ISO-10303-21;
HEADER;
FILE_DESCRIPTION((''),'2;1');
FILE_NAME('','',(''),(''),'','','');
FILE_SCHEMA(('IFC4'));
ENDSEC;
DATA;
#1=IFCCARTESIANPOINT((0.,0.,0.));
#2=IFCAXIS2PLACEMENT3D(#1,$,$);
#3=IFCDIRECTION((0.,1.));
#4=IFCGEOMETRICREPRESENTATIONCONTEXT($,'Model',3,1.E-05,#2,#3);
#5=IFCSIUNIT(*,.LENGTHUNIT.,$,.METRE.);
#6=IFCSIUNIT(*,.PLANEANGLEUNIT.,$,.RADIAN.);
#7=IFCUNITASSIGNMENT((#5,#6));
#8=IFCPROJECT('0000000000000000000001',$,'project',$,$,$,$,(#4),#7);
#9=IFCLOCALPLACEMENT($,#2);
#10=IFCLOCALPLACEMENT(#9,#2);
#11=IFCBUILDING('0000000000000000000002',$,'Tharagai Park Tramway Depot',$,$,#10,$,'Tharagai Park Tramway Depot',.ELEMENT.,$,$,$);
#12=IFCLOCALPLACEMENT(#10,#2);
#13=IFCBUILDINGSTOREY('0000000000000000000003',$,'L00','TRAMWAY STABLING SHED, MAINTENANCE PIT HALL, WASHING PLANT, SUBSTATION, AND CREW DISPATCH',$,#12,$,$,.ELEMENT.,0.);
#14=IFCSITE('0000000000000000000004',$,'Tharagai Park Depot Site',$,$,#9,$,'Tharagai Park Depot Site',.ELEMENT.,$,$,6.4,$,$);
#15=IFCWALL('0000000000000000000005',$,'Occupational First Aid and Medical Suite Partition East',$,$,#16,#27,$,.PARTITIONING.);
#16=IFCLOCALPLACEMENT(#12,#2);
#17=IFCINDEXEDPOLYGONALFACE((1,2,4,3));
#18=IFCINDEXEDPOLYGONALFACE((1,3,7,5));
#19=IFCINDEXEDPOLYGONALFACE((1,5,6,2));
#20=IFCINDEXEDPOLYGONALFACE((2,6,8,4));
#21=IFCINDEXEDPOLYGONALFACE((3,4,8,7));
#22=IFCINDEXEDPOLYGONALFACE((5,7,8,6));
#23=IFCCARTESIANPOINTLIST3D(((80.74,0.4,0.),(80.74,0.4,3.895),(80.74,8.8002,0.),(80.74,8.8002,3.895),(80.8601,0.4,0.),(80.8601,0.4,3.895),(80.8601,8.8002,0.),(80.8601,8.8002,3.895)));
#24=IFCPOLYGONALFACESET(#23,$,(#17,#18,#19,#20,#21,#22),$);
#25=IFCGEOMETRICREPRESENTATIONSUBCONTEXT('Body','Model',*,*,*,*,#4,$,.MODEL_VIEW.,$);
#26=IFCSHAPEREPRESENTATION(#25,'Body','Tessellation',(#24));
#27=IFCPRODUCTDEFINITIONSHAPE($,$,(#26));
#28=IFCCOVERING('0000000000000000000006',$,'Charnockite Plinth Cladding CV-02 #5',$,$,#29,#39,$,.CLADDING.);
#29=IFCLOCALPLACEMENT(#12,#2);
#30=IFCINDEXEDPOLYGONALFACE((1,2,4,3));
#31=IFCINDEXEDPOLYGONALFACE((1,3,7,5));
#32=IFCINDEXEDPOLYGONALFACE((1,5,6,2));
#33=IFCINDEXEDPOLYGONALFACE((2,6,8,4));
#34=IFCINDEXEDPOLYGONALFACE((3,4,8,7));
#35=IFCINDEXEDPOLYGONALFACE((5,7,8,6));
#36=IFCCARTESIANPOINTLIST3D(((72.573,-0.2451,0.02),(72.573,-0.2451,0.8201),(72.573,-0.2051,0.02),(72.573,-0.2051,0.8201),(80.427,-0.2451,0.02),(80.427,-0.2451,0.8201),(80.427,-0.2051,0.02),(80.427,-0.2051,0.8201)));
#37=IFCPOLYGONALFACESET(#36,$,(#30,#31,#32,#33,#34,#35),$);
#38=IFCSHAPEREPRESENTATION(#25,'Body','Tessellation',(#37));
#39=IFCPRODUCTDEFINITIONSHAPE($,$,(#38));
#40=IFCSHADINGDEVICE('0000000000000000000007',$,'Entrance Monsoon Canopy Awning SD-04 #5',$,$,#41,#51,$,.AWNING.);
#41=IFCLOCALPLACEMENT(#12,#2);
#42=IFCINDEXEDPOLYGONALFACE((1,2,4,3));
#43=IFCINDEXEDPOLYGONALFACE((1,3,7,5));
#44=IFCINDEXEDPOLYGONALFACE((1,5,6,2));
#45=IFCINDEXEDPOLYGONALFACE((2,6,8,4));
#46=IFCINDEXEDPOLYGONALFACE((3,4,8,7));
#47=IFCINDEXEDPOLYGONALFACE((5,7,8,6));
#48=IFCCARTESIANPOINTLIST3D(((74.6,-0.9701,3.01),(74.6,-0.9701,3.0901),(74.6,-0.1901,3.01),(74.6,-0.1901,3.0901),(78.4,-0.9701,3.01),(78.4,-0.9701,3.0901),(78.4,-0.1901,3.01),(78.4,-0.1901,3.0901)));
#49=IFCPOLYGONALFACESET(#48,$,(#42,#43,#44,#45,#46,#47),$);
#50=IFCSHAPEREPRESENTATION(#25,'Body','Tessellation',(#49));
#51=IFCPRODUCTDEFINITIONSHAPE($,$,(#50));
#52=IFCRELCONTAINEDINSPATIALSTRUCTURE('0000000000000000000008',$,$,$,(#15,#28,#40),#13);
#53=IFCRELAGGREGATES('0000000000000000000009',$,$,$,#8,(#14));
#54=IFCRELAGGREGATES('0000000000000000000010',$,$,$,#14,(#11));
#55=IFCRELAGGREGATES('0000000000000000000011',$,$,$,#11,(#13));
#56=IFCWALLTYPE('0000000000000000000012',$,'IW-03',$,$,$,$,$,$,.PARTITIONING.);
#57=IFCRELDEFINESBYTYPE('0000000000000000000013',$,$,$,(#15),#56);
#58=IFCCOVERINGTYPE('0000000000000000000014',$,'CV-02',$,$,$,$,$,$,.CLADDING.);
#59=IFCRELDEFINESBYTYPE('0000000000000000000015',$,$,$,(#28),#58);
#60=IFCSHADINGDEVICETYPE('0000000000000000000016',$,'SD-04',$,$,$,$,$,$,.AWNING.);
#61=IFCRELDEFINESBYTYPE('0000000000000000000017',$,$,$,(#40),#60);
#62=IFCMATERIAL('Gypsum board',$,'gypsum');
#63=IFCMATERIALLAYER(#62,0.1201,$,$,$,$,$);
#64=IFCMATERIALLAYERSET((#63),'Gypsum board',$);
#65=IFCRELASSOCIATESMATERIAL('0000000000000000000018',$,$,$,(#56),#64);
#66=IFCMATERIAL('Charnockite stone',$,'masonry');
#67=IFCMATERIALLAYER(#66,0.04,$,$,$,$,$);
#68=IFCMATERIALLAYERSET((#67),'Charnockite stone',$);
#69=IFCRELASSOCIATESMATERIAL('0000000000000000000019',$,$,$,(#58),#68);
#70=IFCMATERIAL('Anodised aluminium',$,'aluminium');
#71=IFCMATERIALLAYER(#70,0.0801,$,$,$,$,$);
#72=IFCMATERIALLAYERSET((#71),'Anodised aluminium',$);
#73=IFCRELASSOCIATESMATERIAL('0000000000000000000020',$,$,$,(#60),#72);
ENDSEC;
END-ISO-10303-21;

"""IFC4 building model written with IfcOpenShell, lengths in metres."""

from ifc_helpers import new_model, si_unit, direction, frame, frame_2d, origin, origin_2d, place, context, subcontext, project, spatial, rectangle, extrude, material, layer, layer_set, type_object, element, save


model = new_model("IFC4")

# Units and contexts
model_context = context("Model", 3, precision=1e-05, world=origin(), true_north=direction((0.0, 1.0)))
body_context = subcontext(model_context, "Body", "Model", "MODEL_VIEW")
ifc_project = project(units=[si_unit("LENGTHUNIT", "METRE"), si_unit("PLANEANGLEUNIT", "RADIAN")], contexts=[model_context])

# Site, building, storey
site_placement = place(None, origin())
site = spatial("IfcSite", under=ifc_project, at=site_placement, Name="Tharagai Park Depot Site", LongName="Tharagai Park Depot Site", CompositionType="ELEMENT", RefElevation=6.4)
building_placement = place(site_placement, origin())
building = spatial("IfcBuilding", under=site, at=building_placement, Name="Tharagai Park Tramway Depot", LongName="Tharagai Park Tramway Depot", CompositionType="ELEMENT")
storey_placement = place(building_placement, origin())
storey = spatial("IfcBuildingStorey", under=building, at=storey_placement, Name="L00", Description="TRAMWAY STABLING SHED, MAINTENANCE PIT HALL, WASHING PLANT, SUBSTATION, AND CREW DISPATCH", CompositionType="ELEMENT", Elevation=0.0)

# Shared definitions
ifc_material_1 = material(Name="Charnockite stone", Category="masonry")
ifc_material_2 = material(Name="Anodised aluminium", Category="aluminium")
ifc_material_3 = material(Name="Gypsum board", Category="gypsum")
ifc_layer_1 = layer(ifc_material_3, 0.1201)
ifc_layer_set_1 = layer_set([ifc_layer_1], Name="Gypsum board")
wall_type_1 = type_object("IfcWallType", Name="IW-03", PredefinedType="PARTITIONING", material=ifc_layer_set_1)

# Wall
wall_1_placement = place(storey_placement, frame((80.8, 0.3999, 0.0), z_axis=(0.0, 0.0, 1.0), x_axis=(0.0, 1.0, 0.0)))
element("IfcWall", 1, at=wall_1_placement, inside=storey, type_object=wall_type_1, Name="Occupational First Aid and Medical Suite Partition East", PredefinedType="PARTITIONING", context=body_context, shape_type="SweptSolid", body=[
    extrude(rectangle(XDim=8.4001, YDim=0.1201, at=frame_2d((4.2002, 0.0))), origin(), (0.0, 0.0, 1.0), 3.895),
])

# Covering
ifc_layer_2 = layer(ifc_material_1, 0.04)
ifc_layer_set_2 = layer_set([ifc_layer_2], Name="Charnockite stone")
covering_type = type_object("IfcCoveringType", Name="CV-02", PredefinedType="CLADDING", material=ifc_layer_set_2)
covering_placement = place(storey_placement, frame((76.5, -0.2251, 0.02), z_axis=(0.0, 0.0, 1.0), x_axis=(1.0, 0.0, 0.0)))
element("IfcCovering", 2, at=covering_placement, inside=storey, type_object=covering_type, Name="Charnockite Plinth Cladding CV-02 #5", PredefinedType="CLADDING", context=body_context, shape_type="SweptSolid", body=[
    extrude(rectangle(XDim=7.854, YDim=0.04, at=origin_2d()), origin(), (0.0, 0.0, 1.0), 0.8),
])

# Shading device
ifc_layer_3 = layer(ifc_material_2, 0.0801)
ifc_layer_set_3 = layer_set([ifc_layer_3], Name="Anodised aluminium")
shading_device_type = type_object("IfcShadingDeviceType", Name="SD-04", PredefinedType="AWNING", material=ifc_layer_set_3)
shading_device_placement = place(storey_placement, frame((76.5, -0.5801, 3.01), z_axis=(0.0, 0.0, 1.0), x_axis=(1.0, 0.0, 0.0)))
element("IfcShadingDevice", 3, at=shading_device_placement, inside=storey, type_object=shading_device_type, Name="Entrance Monsoon Canopy Awning SD-04 #5", PredefinedType="AWNING", context=body_context, shape_type="SweptSolid", body=[
    extrude(rectangle(XDim=3.8, YDim=0.78, at=origin_2d()), origin(), (0.0, 0.0, 1.0), 0.0801),
])

save(model, "model.ifc")
